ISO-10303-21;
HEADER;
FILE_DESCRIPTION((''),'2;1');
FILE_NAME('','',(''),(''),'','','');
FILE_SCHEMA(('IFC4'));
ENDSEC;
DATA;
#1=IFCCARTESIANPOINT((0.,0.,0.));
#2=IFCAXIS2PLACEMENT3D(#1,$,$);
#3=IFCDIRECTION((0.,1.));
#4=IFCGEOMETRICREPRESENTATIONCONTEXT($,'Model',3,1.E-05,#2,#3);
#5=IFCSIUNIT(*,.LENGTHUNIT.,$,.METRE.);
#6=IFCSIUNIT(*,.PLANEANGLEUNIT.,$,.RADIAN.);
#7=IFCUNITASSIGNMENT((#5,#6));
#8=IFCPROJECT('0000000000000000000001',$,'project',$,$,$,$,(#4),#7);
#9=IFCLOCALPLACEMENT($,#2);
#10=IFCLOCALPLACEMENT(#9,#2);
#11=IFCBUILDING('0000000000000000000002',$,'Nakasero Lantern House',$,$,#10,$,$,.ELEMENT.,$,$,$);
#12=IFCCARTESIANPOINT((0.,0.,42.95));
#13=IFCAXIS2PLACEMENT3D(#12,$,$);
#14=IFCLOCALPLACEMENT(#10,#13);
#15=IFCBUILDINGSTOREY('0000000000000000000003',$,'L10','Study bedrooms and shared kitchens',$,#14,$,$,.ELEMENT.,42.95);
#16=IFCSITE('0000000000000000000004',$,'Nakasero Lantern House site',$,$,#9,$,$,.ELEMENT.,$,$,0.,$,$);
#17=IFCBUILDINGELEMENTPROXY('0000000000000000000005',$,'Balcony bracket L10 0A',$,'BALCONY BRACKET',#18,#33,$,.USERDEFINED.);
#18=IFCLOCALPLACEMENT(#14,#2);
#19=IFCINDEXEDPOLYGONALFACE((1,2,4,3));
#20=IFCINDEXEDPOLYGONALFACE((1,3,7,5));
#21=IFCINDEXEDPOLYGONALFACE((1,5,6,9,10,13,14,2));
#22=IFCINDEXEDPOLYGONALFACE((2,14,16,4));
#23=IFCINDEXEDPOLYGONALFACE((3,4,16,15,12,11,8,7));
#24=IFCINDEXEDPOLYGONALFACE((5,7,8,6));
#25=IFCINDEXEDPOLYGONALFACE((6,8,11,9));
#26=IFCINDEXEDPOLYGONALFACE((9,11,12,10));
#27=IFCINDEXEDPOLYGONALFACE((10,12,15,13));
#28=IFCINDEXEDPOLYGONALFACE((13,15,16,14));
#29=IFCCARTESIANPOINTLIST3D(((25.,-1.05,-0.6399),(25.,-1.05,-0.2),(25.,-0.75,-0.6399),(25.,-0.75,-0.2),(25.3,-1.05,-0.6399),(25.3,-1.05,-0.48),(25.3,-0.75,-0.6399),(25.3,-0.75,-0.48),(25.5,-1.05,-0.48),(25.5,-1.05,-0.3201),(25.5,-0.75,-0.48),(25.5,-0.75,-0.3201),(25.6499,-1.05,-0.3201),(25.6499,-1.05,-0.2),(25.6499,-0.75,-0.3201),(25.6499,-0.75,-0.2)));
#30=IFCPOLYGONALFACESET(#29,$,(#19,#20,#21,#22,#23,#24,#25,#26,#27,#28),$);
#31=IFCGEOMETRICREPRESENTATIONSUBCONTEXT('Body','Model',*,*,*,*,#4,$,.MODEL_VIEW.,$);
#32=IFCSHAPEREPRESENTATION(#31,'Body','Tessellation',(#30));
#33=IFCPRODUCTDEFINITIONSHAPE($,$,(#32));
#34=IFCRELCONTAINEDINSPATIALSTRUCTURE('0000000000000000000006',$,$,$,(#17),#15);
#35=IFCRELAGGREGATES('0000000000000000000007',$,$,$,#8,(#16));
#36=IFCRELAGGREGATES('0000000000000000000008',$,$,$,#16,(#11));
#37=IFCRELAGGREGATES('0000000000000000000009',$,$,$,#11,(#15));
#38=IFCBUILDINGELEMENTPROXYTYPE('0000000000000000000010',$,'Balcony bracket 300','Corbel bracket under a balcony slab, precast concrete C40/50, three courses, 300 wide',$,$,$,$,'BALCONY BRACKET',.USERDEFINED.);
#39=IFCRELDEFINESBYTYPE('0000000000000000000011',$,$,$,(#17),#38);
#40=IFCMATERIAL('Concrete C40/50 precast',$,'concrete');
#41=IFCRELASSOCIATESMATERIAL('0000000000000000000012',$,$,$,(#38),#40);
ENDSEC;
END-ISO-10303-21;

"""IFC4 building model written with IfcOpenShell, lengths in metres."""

from ifc_helpers import new_model, si_unit, direction, frame, origin, place, context, subcontext, project, spatial, polyline, outline, extrude, material, type_object, element, save


model = new_model("IFC4")

# Units and contexts
model_context = context("Model", 3, precision=1e-05, world=origin(), true_north=direction((0.0, 1.0)))
body_context = subcontext(model_context, "Body", "Model", "MODEL_VIEW")
ifc_project = project(units=[si_unit("LENGTHUNIT", "METRE"), si_unit("PLANEANGLEUNIT", "RADIAN")], contexts=[model_context])

# Site, building, storey
site_placement = place(None, origin())
site = spatial("IfcSite", under=ifc_project, at=site_placement, Name="Nakasero Lantern House site", CompositionType="ELEMENT", RefElevation=0.0)
building_placement = place(site_placement, origin())
building = spatial("IfcBuilding", under=site, at=building_placement, Name="Nakasero Lantern House", CompositionType="ELEMENT")
storey_placement = place(building_placement, frame((0.0, 0.0, 42.95)))
storey = spatial("IfcBuildingStorey", under=building, at=storey_placement, Name="L10", Description="Study bedrooms and shared kitchens", CompositionType="ELEMENT", Elevation=42.95)

# Building element proxy
ifc_material_1 = material(Name="Concrete C40/50 precast", Category="concrete")
building_element_proxy_type = type_object("IfcBuildingElementProxyType", Name="Balcony bracket 300", Description="Corbel bracket under a balcony slab, precast concrete C40/50, three courses, 300 wide", ElementType="BALCONY BRACKET", PredefinedType="USERDEFINED", material=ifc_material_1)
proxy_placement = place(storey_placement, frame((25.0, -0.8999, -0.2), z_axis=(0.0, 0.0, 1.0), x_axis=(1.0, 0.0, 0.0)))
element("IfcBuildingElementProxy", 1, at=proxy_placement, inside=storey, type_object=building_element_proxy_type, Name="Balcony bracket L10 0A", ObjectType="BALCONY BRACKET", PredefinedType="USERDEFINED", context=body_context, shape_type="SweptSolid", body=[
    extrude(outline(polyline([(0.0, 0.0), (0.6499, 0.0), (0.6499, -0.1201), (0.5, -0.1201), (0.5, -0.28), (0.3, -0.28), (0.3, -0.4399), (0.0, -0.4399), (0.0, 0.0)])), frame((0.0, 0.1499, 0.0), z_axis=(0.0, -1.0, 0.0), x_axis=(1.0, 0.0, 0.0)), (0.0, 0.0, 1.0), 0.3),
])

save(model, "model.ifc")
